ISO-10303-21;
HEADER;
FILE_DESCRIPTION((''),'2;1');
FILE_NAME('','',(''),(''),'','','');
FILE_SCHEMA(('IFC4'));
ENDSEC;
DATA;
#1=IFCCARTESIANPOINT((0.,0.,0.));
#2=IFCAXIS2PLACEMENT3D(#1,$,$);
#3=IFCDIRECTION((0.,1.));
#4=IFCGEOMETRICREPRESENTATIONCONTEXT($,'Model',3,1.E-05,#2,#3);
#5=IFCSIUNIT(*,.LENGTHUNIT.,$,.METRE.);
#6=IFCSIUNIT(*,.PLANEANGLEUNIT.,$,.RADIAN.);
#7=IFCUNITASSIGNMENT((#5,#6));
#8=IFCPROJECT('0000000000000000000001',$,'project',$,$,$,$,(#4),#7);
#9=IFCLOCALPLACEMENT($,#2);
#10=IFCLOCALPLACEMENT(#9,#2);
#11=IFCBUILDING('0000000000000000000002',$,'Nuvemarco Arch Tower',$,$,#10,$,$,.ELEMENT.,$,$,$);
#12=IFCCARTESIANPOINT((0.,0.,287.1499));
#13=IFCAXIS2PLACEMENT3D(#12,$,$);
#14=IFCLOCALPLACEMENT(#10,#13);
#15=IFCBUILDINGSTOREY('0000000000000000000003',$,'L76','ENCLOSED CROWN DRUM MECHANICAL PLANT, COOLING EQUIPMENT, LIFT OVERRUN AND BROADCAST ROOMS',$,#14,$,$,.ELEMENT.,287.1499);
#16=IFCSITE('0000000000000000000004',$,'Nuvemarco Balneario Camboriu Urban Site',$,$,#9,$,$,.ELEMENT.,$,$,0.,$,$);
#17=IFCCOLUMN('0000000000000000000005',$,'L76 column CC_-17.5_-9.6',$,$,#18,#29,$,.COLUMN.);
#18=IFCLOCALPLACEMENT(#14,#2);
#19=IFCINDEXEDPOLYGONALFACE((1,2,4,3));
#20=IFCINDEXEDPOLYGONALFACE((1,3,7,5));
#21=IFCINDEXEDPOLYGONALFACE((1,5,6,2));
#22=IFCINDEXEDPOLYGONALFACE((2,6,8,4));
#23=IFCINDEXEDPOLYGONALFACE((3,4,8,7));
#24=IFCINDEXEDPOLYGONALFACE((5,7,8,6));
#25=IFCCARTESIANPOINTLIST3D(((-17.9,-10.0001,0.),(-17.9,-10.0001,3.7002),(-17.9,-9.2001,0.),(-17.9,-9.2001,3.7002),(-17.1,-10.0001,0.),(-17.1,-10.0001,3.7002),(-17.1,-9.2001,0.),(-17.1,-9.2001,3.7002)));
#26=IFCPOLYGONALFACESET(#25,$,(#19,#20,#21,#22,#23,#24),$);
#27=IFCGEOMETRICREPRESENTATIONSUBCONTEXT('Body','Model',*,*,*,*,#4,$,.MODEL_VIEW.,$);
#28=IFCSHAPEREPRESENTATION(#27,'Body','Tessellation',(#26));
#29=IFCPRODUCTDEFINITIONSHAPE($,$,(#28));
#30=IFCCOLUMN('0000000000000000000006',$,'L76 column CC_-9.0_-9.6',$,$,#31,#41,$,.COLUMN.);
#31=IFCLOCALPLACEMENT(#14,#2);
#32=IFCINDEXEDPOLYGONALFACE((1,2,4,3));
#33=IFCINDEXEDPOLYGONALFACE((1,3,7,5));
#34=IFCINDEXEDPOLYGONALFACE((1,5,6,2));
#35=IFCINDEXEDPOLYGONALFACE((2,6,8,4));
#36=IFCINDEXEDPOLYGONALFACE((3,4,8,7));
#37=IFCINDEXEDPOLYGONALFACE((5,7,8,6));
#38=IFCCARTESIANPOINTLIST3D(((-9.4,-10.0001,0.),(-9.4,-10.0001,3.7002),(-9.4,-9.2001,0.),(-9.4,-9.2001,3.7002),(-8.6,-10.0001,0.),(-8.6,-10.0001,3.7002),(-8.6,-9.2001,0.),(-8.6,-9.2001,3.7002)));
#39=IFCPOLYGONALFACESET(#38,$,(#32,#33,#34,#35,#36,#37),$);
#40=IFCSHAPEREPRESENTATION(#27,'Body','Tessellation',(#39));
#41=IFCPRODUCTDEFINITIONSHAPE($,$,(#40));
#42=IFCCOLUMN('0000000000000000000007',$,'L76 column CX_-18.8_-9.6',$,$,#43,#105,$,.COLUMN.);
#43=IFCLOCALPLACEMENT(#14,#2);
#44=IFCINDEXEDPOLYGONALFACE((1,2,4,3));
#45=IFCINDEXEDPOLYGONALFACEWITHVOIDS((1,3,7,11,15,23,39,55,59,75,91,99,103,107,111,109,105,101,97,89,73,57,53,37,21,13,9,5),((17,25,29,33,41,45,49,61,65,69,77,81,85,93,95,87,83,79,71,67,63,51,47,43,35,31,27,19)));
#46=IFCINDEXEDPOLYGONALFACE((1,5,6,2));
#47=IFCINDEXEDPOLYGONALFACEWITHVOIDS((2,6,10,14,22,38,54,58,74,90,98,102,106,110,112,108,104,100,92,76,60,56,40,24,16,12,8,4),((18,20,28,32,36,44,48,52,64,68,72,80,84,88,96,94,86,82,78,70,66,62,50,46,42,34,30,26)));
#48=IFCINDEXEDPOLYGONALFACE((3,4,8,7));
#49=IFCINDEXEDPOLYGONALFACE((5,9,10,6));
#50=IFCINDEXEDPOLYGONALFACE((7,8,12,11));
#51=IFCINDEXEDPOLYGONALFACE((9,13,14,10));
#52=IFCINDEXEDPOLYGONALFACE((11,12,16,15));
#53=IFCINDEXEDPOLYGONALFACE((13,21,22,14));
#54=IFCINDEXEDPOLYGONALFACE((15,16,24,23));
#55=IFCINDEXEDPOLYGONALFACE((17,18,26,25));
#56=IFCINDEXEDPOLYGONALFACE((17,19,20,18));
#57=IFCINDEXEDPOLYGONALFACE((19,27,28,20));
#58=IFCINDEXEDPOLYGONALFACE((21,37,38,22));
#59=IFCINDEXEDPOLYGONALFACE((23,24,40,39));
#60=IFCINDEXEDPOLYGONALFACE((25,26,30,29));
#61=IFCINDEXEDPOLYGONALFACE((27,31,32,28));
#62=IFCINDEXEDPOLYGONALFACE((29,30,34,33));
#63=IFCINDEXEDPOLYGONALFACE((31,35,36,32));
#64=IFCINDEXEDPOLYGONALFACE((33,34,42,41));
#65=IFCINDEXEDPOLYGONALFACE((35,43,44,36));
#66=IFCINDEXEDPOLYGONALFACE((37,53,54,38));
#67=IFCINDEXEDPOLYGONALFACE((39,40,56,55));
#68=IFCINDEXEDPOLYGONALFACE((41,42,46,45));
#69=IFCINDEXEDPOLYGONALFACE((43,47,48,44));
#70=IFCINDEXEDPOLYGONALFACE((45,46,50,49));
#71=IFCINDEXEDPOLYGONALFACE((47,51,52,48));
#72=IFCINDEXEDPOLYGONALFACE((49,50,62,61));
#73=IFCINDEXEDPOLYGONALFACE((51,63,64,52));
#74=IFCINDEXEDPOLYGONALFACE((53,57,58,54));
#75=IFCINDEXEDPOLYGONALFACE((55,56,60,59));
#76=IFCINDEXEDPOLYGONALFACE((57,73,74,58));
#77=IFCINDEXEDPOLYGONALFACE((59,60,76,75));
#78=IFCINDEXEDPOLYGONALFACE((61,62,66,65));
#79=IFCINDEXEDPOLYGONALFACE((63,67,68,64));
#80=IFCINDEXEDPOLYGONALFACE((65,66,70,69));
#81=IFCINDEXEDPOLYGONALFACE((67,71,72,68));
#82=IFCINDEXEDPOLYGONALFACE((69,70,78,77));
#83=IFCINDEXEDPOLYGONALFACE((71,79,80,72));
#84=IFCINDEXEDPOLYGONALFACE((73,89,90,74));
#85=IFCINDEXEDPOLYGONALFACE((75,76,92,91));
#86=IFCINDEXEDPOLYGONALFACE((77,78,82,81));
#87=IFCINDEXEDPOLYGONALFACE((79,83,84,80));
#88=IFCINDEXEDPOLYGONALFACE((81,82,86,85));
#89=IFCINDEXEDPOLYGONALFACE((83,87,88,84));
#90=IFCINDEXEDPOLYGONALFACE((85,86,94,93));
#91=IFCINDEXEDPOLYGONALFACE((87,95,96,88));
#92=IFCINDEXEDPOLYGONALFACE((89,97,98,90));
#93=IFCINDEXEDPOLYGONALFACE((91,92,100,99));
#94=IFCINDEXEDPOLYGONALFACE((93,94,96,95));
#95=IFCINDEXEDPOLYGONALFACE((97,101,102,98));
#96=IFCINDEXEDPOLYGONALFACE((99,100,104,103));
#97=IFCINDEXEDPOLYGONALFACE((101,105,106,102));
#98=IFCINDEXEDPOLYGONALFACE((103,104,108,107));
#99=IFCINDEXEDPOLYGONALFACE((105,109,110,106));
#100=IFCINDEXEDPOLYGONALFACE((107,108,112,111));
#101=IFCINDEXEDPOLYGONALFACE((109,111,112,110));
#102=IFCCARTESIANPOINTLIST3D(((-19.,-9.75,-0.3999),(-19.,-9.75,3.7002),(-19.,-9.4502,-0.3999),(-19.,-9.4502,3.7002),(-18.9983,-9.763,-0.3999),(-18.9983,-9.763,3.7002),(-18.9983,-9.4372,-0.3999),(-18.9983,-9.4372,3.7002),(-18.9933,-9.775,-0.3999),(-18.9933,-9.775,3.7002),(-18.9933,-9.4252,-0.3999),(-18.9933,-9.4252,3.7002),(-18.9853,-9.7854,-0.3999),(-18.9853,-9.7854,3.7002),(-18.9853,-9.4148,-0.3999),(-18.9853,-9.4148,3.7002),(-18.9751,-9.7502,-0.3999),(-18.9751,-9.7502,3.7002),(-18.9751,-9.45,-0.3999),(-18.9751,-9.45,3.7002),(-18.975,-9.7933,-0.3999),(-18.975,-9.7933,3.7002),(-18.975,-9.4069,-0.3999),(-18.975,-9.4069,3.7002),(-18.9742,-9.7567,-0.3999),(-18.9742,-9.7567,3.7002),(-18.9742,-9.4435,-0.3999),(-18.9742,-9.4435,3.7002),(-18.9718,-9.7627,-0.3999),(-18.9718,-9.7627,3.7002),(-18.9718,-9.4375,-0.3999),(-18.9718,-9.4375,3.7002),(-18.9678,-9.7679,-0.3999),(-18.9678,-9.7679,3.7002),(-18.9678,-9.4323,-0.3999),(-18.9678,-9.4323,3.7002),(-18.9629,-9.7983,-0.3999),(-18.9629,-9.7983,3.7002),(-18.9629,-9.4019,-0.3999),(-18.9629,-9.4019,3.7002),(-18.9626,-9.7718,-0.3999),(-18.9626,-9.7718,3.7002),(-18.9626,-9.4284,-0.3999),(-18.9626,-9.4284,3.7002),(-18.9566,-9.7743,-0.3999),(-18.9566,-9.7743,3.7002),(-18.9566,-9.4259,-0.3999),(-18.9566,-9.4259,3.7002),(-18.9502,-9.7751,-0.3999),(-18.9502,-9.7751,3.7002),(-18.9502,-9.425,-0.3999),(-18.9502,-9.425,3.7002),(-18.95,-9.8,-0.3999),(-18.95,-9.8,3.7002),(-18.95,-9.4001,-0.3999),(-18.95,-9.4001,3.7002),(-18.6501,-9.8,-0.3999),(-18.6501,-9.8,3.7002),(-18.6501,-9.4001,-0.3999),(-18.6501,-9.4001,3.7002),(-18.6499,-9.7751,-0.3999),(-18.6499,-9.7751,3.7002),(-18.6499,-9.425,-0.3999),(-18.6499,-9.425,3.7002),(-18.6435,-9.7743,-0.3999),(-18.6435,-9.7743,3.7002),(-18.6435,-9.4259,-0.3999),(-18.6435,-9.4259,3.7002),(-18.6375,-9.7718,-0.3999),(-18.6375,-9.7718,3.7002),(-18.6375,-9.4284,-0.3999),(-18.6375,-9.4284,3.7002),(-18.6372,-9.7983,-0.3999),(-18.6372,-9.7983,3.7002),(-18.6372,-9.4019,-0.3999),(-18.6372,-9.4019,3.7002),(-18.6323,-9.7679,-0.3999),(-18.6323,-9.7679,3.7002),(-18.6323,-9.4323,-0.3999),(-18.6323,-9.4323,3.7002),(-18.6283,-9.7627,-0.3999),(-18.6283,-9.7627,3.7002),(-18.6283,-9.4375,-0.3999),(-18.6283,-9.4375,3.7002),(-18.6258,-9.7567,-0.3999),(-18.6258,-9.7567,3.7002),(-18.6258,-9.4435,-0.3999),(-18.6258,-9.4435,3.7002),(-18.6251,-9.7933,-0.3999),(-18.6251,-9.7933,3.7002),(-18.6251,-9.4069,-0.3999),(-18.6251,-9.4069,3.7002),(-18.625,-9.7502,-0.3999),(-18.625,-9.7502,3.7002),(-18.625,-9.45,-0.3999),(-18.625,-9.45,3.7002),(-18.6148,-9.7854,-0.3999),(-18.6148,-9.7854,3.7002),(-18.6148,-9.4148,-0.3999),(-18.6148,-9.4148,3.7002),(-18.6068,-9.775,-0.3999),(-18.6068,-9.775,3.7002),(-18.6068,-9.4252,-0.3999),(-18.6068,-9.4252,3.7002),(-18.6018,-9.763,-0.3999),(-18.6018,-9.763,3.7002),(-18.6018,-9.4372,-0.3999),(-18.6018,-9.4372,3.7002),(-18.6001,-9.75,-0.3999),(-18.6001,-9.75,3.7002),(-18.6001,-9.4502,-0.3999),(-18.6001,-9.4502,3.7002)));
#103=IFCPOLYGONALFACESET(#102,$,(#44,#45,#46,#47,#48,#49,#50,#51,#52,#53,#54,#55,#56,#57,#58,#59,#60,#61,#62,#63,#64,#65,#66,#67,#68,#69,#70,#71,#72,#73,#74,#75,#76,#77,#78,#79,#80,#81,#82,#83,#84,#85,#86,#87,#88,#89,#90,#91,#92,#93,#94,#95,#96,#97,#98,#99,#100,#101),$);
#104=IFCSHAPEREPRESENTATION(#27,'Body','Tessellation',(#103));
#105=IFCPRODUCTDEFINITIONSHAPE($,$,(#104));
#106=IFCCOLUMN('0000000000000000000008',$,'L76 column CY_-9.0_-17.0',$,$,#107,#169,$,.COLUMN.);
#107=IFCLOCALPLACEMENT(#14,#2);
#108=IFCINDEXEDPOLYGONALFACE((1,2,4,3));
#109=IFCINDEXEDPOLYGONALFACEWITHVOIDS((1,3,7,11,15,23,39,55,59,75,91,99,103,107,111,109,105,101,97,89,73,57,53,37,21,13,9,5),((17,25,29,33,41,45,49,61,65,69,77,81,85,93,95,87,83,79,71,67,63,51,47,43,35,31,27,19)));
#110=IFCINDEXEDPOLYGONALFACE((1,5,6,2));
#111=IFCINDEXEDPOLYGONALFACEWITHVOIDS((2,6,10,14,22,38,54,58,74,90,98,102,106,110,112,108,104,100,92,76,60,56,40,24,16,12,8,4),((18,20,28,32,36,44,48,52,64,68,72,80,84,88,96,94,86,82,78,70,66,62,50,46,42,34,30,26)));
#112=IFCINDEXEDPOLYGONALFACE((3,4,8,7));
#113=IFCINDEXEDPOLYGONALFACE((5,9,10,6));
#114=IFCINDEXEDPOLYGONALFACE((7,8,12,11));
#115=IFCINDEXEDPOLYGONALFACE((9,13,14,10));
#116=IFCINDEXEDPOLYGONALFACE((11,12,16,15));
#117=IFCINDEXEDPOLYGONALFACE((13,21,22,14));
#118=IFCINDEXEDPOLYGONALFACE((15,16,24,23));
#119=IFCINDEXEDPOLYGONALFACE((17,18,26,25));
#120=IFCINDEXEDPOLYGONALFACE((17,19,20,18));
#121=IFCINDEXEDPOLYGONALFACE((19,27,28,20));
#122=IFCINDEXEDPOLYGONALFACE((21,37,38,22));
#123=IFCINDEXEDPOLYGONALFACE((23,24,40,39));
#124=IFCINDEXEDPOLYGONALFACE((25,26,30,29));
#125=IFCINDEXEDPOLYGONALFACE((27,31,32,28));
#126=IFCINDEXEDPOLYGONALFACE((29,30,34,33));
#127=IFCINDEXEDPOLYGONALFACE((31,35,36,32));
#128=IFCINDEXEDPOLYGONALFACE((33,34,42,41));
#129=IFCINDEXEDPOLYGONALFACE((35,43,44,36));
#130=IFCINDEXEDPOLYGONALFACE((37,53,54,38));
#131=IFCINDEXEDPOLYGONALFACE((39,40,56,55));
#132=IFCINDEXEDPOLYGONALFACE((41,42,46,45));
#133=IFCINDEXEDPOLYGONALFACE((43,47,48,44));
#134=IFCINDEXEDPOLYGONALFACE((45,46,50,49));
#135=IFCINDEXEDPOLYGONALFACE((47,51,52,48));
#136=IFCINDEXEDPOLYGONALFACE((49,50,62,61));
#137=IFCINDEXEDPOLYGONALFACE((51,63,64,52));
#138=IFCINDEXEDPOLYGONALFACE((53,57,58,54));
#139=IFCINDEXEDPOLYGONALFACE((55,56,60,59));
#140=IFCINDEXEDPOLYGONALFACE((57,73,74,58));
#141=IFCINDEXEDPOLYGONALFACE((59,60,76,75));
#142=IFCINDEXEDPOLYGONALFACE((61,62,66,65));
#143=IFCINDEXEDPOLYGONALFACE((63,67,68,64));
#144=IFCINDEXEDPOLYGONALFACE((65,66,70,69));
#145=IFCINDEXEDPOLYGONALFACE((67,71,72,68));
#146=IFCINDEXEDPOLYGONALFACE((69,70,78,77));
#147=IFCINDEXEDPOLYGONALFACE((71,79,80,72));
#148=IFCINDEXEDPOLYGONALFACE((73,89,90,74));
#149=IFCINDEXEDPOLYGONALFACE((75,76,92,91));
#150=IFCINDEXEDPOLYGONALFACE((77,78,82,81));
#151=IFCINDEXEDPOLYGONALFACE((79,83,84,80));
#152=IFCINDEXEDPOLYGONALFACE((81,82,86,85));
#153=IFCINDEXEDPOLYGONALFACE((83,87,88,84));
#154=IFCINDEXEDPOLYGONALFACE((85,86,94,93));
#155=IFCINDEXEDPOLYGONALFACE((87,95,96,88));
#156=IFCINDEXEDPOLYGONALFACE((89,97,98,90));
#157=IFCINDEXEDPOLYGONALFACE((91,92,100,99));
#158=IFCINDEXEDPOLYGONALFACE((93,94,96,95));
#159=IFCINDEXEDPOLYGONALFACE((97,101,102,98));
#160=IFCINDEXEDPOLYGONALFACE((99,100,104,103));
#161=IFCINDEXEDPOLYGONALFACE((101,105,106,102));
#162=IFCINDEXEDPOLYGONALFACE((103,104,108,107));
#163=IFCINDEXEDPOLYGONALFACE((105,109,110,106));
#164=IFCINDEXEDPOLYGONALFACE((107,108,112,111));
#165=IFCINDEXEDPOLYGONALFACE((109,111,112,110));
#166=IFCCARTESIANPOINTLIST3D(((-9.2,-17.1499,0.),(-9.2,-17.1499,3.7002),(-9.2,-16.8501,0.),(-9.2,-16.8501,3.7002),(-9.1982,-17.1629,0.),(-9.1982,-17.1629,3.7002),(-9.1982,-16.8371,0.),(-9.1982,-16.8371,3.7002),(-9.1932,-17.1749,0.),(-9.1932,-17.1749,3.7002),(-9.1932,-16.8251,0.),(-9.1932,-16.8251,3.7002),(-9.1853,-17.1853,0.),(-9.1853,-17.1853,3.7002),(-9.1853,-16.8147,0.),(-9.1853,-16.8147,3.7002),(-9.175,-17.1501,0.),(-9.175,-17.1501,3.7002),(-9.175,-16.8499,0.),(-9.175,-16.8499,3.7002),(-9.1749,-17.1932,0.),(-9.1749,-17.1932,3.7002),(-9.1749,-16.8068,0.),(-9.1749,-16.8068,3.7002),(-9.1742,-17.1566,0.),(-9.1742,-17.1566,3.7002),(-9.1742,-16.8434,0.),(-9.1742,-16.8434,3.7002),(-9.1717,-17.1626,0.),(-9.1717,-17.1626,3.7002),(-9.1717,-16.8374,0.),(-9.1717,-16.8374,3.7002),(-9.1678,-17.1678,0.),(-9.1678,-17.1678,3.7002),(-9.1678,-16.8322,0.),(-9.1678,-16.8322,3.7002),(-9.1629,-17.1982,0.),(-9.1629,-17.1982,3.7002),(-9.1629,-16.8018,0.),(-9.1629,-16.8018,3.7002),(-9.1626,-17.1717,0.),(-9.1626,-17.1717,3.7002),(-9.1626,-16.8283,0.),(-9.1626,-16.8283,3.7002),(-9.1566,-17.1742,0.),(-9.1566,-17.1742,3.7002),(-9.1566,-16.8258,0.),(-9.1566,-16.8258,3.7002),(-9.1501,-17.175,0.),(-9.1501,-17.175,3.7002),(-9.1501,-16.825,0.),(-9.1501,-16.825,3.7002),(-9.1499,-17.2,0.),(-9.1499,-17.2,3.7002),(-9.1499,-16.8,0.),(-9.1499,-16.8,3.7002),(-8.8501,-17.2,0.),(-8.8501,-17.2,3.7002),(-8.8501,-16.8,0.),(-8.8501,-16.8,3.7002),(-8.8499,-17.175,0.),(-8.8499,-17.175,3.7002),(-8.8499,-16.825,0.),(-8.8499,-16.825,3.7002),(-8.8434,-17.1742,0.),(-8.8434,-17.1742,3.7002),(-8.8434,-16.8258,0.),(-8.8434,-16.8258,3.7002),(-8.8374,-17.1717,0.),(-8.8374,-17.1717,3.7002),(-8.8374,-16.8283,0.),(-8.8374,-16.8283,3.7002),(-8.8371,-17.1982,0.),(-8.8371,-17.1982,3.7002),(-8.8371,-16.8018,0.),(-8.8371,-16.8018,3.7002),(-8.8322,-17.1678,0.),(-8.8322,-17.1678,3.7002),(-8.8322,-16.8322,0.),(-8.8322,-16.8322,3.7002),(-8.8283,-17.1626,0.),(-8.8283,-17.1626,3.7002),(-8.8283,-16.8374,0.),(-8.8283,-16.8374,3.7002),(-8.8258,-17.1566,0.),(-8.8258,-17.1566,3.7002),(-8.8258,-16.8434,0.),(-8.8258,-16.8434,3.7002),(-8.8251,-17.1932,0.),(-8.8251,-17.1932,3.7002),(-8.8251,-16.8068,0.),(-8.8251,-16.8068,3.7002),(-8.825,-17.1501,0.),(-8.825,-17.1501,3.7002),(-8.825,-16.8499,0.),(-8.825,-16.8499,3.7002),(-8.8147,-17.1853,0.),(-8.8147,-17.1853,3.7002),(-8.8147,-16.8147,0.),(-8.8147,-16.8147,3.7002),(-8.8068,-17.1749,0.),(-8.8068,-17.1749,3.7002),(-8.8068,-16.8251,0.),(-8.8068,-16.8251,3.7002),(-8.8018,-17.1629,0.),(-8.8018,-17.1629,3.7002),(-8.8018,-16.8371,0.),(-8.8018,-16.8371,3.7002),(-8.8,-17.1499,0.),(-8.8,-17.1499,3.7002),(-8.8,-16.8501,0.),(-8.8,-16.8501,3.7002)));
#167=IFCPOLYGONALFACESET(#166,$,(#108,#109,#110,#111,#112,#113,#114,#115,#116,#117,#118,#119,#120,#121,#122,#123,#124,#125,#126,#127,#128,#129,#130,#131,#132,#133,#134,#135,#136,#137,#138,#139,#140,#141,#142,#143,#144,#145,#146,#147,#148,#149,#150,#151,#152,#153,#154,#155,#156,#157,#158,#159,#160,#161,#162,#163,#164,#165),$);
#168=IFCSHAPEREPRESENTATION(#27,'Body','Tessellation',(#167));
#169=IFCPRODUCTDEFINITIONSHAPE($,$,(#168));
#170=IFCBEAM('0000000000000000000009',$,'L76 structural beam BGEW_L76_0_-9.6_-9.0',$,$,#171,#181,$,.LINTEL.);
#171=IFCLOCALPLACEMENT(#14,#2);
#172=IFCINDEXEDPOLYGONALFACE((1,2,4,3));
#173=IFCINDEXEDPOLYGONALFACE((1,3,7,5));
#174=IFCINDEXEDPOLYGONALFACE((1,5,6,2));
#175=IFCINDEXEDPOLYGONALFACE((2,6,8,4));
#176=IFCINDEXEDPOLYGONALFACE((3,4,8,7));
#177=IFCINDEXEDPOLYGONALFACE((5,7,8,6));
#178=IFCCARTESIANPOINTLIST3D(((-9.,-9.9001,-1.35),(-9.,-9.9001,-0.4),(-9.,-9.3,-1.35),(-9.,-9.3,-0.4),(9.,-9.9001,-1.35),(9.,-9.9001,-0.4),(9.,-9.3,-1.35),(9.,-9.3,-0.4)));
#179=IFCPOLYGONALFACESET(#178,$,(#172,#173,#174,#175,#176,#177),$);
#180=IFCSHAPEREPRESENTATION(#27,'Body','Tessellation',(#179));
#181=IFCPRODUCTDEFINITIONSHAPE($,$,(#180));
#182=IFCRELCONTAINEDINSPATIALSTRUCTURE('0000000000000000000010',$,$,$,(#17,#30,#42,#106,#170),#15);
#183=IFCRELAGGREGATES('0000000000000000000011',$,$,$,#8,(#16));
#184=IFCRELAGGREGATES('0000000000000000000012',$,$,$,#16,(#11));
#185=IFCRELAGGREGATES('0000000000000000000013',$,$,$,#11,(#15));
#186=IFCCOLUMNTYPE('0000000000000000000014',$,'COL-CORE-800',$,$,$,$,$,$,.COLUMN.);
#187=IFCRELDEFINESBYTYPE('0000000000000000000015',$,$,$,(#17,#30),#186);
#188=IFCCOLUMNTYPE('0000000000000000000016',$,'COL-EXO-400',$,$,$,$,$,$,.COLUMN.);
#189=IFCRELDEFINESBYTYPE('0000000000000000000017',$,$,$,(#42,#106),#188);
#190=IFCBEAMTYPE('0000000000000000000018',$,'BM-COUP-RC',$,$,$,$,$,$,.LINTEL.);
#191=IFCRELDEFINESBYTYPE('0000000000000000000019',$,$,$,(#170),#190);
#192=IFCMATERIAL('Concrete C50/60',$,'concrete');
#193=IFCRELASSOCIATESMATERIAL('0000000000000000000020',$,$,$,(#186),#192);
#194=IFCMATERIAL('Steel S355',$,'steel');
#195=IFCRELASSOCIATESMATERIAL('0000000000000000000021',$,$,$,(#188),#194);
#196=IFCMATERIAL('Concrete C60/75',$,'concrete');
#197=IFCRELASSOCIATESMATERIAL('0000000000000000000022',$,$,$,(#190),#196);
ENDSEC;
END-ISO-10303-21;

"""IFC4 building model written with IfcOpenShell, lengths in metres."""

from ifc_helpers import new_model, si_unit, direction, frame, origin, origin_2d, place, context, subcontext, project, spatial, rectangle, hollow_rectangle, extrude, material, material_profile, profile_set, type_object, element, save


model = new_model("IFC4")

# Units and contexts
model_context = context("Model", 3, precision=1e-05, world=origin(), true_north=direction((0.0, 1.0)))
body_context = subcontext(model_context, "Body", "Model", "MODEL_VIEW")
ifc_project = project(units=[si_unit("LENGTHUNIT", "METRE"), si_unit("PLANEANGLEUNIT", "RADIAN")], contexts=[model_context])

# Site, building, storey
site_placement = place(None, origin())
site = spatial("IfcSite", under=ifc_project, at=site_placement, Name="Nuvemarco Balneario Camboriu Urban Site", CompositionType="ELEMENT", RefElevation=0.0)
building_placement = place(site_placement, origin())
building = spatial("IfcBuilding", under=site, at=building_placement, Name="Nuvemarco Arch Tower", CompositionType="ELEMENT")
storey_placement = place(building_placement, frame((0.0, 0.0, 287.1499)))
storey = spatial("IfcBuildingStorey", under=building, at=storey_placement, Name="L76", Description="ENCLOSED CROWN DRUM MECHANICAL PLANT, COOLING EQUIPMENT, LIFT OVERRUN AND BROADCAST ROOMS", CompositionType="ELEMENT", Elevation=287.1499)

# Columns
ifc_material_1 = material(Name="Concrete C50/60", Category="concrete")
ifc_material_profile_1 = material_profile(ifc_material_1, rectangle(XDim=0.8, YDim=0.8, at=origin_2d()), Name="RC-COL-800x800")
ifc_profile_set_1 = profile_set([ifc_material_profile_1], Name="Concrete C50/60")
column_type_1 = type_object("IfcColumnType", Name="COL-CORE-800", PredefinedType="COLUMN", material=ifc_profile_set_1)
for number, where, z_axis, x_axis, name in (
    (1, (-17.5, -9.6001, 0.0), (0.0, 0.0, 1.0), (1.0, 0.0, 0.0), "L76 column CC_-17.5_-9.6"),
    (2, (-9.0, -9.6001, 0.0), (0.0, 0.0, 1.0), (1.0, 0.0, 0.0), "L76 column CC_-9.0_-9.6"),
):
    element("IfcColumn", number, at=place(storey_placement, frame(where, z_axis=z_axis, x_axis=x_axis)), inside=storey, type_object=column_type_1, Name=name, PredefinedType="COLUMN", context=body_context, shape_type="SweptSolid", body=[
        extrude(rectangle(XDim=0.8, YDim=0.8, at=origin_2d()), origin(), (0.0, 0.0, 1.0), 3.7002),
    ])
ifc_material_2 = material(Name="Steel S355", Category="steel")
ifc_material_profile_2 = material_profile(ifc_material_2, hollow_rectangle(XDim=0.3999, YDim=0.3999, WallThickness=0.0249, InnerFilletRadius=0.0249, OuterFilletRadius=0.05, at=origin_2d()), Name="SHS400x400x25")
ifc_profile_set_2 = profile_set([ifc_material_profile_2], Name="Steel S355")
column_type_2 = type_object("IfcColumnType", Name="COL-EXO-400", PredefinedType="COLUMN", material=ifc_profile_set_2)
column_1_placement = place(storey_placement, frame((-18.8, -9.6001, -0.3999), z_axis=(0.0, 0.0, 1.0), x_axis=(1.0, 0.0, 0.0)))
element("IfcColumn", 3, at=column_1_placement, inside=storey, type_object=column_type_2, Name="L76 column CX_-18.8_-9.6", PredefinedType="COLUMN", context=body_context, shape_type="SweptSolid", body=[
    extrude(hollow_rectangle(XDim=0.3999, YDim=0.3999, WallThickness=0.0249, InnerFilletRadius=0.0249, OuterFilletRadius=0.05, at=origin_2d()), origin(), (0.0, 0.0, 1.0), 4.1001),
])
column_2_placement = place(storey_placement, frame((-9.0, -17.0, 0.0), z_axis=(0.0, 0.0, 1.0), x_axis=(1.0, 0.0, 0.0)))
element("IfcColumn", 4, at=column_2_placement, inside=storey, type_object=column_type_2, Name="L76 column CY_-9.0_-17.0", PredefinedType="COLUMN", context=body_context, shape_type="SweptSolid", body=[
    extrude(hollow_rectangle(XDim=0.3999, YDim=0.3999, WallThickness=0.0249, InnerFilletRadius=0.0249, OuterFilletRadius=0.05, at=origin_2d()), origin(), (0.0, 0.0, 1.0), 3.7002),
])

# Beam
ifc_material_3 = material(Name="Concrete C60/75", Category="concrete")
ifc_material_profile_3 = material_profile(ifc_material_3, rectangle(XDim=0.6001, YDim=0.95, at=origin_2d()), Name="RC-BM-600x950")
ifc_profile_set_3 = profile_set([ifc_material_profile_3], Name="Concrete C60/75")
beam_type_1 = type_object("IfcBeamType", Name="BM-COUP-RC", PredefinedType="LINTEL", material=ifc_profile_set_3)
beam_1_placement = place(storey_placement, frame((-9.0, -9.6001, -0.875), z_axis=(1.0, 0.0, 0.0), x_axis=(0.0, 1.0, 0.0)))
element("IfcBeam", 5, at=beam_1_placement, inside=storey, type_object=beam_type_1, Name="L76 structural beam BGEW_L76_0_-9.6_-9.0", PredefinedType="LINTEL", context=body_context, shape_type="SweptSolid", body=[
    extrude(rectangle(XDim=0.6001, YDim=0.95, at=origin_2d()), origin(), (0.0, 0.0, 1.0), 18.0),
])

save(model, "model.ifc")
